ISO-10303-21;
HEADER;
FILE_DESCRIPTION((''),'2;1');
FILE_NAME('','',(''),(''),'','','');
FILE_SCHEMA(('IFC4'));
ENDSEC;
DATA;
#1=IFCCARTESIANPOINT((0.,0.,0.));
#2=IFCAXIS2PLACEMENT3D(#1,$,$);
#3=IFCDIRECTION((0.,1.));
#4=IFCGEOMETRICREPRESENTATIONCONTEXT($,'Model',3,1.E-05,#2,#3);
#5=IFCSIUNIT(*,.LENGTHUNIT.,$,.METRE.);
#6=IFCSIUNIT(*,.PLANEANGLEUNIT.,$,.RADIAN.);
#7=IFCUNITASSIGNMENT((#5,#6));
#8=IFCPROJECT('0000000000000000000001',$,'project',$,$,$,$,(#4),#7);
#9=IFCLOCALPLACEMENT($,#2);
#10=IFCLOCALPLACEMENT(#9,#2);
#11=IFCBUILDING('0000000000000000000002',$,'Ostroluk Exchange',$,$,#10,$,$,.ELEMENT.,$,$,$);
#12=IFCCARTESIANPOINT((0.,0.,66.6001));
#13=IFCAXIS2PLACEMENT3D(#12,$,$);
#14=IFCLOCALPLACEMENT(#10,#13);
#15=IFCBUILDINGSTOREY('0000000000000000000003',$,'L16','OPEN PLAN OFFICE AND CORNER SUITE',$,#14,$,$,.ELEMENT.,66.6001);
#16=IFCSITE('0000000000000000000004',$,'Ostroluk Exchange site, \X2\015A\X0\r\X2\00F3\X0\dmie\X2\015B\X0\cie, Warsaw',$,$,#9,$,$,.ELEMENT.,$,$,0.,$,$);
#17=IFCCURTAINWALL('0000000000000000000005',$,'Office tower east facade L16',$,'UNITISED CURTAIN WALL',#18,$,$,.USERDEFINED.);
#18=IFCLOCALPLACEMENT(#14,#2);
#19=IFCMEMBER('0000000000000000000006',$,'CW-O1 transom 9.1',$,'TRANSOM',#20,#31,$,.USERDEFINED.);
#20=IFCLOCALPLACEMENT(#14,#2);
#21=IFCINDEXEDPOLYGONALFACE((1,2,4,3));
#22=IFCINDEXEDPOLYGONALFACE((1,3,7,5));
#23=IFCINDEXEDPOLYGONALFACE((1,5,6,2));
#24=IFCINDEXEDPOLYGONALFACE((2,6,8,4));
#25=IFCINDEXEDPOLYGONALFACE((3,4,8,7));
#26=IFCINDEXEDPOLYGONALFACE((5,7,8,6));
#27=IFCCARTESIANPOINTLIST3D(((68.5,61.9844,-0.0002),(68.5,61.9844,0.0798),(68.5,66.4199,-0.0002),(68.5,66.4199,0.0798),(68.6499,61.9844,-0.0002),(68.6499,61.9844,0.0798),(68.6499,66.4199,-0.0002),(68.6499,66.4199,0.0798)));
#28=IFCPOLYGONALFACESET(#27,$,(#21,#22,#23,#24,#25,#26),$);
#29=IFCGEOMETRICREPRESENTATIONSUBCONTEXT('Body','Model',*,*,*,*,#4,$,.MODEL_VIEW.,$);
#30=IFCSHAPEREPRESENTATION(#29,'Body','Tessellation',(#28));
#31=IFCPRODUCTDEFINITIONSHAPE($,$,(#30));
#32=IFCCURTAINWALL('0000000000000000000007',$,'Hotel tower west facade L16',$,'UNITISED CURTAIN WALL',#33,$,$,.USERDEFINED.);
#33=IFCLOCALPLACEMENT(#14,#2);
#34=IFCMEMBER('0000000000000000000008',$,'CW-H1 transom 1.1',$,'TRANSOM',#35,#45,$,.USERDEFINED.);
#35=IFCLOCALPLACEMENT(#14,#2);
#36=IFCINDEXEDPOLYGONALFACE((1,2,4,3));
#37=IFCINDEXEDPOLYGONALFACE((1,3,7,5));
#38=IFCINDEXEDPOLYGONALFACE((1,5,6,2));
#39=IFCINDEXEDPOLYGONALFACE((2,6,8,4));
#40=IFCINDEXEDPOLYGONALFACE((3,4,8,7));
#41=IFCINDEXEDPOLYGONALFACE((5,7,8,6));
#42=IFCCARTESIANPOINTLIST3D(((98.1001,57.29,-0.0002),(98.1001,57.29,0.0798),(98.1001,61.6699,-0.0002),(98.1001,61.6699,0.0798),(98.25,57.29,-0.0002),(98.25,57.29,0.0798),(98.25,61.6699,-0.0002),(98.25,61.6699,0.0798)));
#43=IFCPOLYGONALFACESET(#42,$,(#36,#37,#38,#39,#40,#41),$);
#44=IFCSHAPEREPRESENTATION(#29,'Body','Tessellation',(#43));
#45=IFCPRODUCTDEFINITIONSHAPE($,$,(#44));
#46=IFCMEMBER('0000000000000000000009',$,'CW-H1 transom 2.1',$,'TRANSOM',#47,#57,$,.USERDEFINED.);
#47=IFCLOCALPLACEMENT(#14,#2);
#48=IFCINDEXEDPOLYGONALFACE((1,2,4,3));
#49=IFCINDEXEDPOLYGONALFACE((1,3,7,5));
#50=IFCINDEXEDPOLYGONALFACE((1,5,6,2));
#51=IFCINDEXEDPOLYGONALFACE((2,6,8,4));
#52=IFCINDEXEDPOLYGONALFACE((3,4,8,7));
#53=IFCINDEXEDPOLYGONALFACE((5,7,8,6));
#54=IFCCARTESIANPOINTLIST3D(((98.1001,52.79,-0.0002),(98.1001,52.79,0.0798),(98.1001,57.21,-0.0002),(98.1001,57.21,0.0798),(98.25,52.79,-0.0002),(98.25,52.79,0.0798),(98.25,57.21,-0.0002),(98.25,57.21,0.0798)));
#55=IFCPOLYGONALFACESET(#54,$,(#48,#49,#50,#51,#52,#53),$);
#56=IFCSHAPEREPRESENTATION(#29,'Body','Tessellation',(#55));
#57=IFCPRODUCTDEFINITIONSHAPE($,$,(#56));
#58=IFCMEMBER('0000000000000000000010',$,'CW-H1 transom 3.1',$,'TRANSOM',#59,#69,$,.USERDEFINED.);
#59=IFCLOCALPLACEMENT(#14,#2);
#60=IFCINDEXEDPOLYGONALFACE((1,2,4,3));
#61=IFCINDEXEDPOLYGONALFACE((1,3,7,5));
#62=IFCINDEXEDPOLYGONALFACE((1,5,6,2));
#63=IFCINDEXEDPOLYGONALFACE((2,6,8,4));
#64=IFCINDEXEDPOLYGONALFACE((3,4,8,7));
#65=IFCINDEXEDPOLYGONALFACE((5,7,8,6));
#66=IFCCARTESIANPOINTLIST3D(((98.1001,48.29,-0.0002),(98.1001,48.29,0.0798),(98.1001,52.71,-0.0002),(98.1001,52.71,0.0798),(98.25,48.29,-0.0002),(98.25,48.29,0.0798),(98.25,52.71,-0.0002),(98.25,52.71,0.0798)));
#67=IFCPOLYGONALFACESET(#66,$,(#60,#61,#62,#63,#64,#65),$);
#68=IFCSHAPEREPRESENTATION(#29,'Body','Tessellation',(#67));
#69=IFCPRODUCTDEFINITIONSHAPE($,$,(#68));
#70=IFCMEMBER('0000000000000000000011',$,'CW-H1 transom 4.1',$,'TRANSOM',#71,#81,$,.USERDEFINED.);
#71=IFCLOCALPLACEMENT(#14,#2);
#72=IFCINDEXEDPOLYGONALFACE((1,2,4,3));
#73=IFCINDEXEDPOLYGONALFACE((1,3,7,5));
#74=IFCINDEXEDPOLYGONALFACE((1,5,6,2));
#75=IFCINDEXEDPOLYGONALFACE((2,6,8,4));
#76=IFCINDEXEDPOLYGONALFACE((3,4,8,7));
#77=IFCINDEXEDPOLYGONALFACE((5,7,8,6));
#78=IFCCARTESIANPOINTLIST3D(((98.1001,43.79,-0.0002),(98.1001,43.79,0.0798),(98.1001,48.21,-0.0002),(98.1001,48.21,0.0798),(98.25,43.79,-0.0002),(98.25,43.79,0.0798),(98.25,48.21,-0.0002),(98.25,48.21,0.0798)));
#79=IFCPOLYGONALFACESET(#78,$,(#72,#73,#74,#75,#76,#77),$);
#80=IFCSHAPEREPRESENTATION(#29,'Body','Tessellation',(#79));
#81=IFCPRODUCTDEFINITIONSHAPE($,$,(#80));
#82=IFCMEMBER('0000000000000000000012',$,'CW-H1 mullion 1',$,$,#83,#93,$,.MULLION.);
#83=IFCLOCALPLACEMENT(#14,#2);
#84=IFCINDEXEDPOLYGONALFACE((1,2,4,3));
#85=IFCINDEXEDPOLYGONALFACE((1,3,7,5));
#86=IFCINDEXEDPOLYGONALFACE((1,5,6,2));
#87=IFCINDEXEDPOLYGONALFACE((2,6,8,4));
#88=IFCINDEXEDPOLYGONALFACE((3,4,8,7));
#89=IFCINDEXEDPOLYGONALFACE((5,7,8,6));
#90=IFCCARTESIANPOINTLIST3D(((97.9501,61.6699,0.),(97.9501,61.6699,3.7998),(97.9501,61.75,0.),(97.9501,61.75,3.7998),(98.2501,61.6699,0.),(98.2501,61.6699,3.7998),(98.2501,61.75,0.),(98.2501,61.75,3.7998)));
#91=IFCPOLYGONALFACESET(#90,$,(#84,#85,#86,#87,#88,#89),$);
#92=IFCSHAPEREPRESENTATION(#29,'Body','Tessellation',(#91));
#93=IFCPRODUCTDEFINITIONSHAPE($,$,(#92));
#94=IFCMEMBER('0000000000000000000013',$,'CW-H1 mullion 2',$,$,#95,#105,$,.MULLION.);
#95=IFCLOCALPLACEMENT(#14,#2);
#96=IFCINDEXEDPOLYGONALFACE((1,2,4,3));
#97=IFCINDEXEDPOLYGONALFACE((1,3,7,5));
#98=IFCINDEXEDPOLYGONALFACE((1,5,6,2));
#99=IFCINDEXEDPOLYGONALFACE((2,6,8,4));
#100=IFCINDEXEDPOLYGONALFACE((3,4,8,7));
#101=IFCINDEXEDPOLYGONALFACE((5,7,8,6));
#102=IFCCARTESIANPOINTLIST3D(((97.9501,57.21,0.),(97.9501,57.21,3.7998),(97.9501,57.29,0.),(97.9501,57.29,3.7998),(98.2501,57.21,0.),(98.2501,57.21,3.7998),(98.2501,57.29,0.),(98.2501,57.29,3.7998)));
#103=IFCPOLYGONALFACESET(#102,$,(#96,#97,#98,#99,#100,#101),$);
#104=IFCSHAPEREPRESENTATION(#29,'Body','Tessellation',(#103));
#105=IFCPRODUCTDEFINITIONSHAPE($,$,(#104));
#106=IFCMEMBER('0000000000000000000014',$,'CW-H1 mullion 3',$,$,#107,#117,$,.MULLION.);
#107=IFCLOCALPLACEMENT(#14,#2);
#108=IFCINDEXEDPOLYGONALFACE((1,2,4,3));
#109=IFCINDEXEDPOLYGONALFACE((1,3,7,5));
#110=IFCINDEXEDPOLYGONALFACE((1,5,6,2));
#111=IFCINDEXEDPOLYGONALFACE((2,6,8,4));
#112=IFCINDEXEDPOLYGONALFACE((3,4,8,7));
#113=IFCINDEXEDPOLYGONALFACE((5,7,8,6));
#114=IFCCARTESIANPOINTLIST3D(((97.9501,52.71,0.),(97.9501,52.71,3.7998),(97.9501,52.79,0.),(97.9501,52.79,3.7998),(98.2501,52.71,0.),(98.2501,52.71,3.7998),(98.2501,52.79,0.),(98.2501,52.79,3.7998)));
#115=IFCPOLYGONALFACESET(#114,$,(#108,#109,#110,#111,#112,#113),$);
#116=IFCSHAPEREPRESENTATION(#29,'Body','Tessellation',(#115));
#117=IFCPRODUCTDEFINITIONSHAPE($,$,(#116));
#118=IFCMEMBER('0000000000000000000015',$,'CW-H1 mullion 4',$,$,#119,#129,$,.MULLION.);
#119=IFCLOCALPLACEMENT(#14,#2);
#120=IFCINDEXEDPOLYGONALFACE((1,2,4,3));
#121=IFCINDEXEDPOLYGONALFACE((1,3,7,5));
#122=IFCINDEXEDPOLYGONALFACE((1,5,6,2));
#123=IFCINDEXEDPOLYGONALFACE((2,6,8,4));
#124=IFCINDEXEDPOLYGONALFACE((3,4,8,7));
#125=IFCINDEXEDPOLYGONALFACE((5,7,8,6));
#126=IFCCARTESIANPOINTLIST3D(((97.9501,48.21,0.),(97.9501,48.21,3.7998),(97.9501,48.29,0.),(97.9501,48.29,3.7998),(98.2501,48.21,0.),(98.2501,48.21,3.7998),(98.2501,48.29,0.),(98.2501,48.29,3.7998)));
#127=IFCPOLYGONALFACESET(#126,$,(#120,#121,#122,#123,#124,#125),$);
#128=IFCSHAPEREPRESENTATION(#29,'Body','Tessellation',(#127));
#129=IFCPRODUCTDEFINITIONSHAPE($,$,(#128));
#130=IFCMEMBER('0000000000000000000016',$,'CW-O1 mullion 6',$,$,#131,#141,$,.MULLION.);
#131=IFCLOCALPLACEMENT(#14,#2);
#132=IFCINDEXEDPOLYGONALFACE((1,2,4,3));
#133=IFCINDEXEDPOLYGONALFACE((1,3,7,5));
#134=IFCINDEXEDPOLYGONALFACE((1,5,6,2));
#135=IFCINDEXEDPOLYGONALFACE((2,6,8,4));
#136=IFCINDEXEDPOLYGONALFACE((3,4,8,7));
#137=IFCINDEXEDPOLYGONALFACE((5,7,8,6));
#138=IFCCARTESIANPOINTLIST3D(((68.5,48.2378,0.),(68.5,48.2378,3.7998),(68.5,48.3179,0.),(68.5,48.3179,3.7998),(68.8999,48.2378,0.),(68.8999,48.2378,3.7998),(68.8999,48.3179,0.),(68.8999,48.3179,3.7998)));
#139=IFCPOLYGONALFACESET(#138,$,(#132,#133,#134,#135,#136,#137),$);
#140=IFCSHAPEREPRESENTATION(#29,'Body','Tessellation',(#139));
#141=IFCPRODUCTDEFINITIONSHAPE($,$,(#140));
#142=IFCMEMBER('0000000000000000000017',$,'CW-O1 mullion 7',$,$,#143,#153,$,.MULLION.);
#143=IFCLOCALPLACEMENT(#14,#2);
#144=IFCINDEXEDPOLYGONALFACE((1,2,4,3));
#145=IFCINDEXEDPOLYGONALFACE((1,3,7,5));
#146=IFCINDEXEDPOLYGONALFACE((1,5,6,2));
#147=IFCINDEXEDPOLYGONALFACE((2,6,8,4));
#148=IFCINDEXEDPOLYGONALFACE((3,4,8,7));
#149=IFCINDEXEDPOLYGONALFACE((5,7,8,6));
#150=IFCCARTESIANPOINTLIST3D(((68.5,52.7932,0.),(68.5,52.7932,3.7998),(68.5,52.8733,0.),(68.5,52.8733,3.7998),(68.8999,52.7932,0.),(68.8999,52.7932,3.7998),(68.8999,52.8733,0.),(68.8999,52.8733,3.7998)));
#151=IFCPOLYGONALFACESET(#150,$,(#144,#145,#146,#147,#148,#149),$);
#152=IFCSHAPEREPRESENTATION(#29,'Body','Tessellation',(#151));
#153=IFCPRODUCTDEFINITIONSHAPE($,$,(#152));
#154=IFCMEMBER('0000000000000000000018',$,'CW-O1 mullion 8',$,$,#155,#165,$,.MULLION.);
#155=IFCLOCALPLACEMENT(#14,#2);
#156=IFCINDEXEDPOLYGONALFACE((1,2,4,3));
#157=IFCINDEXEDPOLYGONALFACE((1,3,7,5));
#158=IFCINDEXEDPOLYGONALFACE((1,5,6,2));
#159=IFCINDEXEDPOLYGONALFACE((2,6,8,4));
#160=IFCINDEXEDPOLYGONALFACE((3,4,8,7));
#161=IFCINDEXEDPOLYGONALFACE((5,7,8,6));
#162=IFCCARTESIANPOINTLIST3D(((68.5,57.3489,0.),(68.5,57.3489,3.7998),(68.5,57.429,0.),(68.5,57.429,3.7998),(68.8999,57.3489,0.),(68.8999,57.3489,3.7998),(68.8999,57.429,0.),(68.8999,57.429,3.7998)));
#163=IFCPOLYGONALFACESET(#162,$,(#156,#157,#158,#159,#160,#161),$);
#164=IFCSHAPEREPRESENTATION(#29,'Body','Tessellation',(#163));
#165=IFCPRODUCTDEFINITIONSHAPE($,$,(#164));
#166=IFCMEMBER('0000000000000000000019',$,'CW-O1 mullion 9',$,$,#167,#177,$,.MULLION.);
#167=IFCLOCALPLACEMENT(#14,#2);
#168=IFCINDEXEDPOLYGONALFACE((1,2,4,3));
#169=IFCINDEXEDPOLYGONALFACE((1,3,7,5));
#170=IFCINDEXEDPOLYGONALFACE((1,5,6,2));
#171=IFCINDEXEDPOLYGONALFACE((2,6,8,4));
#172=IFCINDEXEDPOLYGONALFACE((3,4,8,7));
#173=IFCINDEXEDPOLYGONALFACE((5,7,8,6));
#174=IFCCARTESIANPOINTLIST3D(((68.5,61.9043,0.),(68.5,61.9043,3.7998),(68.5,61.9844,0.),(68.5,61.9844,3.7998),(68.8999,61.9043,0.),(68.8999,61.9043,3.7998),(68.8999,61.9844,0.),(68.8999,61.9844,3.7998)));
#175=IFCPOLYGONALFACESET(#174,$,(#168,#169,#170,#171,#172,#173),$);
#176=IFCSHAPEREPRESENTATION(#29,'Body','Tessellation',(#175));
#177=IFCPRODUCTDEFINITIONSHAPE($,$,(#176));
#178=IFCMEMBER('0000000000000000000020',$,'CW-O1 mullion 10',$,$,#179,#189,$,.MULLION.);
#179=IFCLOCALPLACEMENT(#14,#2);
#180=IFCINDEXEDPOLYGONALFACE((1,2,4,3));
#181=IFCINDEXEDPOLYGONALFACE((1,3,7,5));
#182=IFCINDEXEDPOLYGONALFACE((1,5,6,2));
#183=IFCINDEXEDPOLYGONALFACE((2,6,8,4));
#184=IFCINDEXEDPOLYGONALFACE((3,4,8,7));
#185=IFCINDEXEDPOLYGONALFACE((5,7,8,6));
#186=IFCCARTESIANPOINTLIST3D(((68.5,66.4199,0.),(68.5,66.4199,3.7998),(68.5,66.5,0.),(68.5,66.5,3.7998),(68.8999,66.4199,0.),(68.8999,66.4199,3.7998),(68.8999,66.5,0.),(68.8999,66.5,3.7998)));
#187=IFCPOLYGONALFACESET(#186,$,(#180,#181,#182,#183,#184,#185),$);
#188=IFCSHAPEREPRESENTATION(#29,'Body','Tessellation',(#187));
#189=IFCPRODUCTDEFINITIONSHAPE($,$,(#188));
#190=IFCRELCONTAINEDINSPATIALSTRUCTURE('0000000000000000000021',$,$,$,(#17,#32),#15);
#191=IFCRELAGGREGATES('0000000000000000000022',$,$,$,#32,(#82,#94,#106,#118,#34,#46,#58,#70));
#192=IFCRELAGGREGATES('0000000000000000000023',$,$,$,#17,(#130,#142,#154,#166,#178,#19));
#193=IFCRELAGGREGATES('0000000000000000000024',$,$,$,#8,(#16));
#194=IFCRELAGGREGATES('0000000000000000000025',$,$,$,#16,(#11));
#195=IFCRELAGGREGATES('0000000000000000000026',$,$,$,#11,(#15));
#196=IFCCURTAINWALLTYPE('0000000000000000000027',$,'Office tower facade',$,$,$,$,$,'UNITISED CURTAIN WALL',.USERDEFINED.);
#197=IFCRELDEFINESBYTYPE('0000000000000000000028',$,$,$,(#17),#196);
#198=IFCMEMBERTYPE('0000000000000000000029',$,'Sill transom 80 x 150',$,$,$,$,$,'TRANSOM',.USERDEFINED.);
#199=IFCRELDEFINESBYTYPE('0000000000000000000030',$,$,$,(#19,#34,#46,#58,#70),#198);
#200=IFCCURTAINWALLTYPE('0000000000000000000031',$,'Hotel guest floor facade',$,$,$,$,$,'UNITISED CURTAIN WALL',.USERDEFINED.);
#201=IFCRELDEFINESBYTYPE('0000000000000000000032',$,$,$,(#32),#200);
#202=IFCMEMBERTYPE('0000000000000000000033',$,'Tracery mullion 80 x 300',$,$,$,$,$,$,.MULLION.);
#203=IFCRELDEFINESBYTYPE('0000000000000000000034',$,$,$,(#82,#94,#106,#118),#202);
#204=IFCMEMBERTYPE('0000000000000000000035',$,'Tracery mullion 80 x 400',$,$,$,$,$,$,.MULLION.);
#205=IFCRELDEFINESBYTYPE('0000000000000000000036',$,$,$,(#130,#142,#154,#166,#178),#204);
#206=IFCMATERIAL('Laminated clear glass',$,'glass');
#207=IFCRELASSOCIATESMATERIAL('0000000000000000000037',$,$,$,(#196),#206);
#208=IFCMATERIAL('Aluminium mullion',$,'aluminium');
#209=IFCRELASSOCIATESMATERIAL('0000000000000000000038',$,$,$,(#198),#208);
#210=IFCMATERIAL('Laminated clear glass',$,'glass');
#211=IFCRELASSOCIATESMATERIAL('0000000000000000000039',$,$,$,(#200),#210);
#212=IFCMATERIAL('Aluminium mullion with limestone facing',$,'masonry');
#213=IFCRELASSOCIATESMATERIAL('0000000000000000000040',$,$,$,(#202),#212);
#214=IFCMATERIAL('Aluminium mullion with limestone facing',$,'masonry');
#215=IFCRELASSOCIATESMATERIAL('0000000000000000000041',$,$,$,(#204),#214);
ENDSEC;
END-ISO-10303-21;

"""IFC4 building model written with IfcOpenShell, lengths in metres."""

from ifc_helpers import new_model, si_unit, direction, frame, origin, origin_2d, place, context, subcontext, project, spatial, rectangle, extrude, material, material_profile, profile_set, type_object, element, aggregate, save


model = new_model("IFC4")

# Units and contexts
model_context = context("Model", 3, precision=1e-05, world=origin(), true_north=direction((0.0, 1.0)))
body_context = subcontext(model_context, "Body", "Model", "MODEL_VIEW")
ifc_project = project(units=[si_unit("LENGTHUNIT", "METRE"), si_unit("PLANEANGLEUNIT", "RADIAN")], contexts=[model_context])

# Site, building, storey
site_placement = place(None, origin())
site = spatial("IfcSite", under=ifc_project, at=site_placement, Name="Ostroluk Exchange site, Śródmieście, Warsaw", CompositionType="ELEMENT", RefElevation=0.0)
building_placement = place(site_placement, origin())
building = spatial("IfcBuilding", under=site, at=building_placement, Name="Ostroluk Exchange", CompositionType="ELEMENT")
storey_placement = place(building_placement, frame((0.0, 0.0, 66.6001)))
storey = spatial("IfcBuildingStorey", under=building, at=storey_placement, Name="L16", Description="OPEN PLAN OFFICE AND CORNER SUITE", CompositionType="ELEMENT", Elevation=66.6001)

# Curtain walls, members
ifc_material_1 = material(Name="Laminated clear glass", Category="glass")
curtain_wall_type_1 = type_object("IfcCurtainWallType", Name="Office tower facade", ElementType="UNITISED CURTAIN WALL", PredefinedType="USERDEFINED", material=ifc_material_1)
curtain_wall_1_placement = place(storey_placement, origin())
curtain_wall_1 = element("IfcCurtainWall", 1, at=curtain_wall_1_placement, inside=storey, type_object=curtain_wall_type_1, Name="Office tower east facade L16", ObjectType="UNITISED CURTAIN WALL", PredefinedType="USERDEFINED")
ifc_material_2 = material(Name="Aluminium mullion", Category="aluminium")
ifc_material_profile_1 = material_profile(ifc_material_2, rectangle(XDim=0.1499, YDim=0.0801, at=origin_2d()), Name="Sill transom 80 x 150")
ifc_profile_set_1 = profile_set([ifc_material_profile_1], Name="Aluminium mullion")
member_type_1 = type_object("IfcMemberType", Name="Sill transom 80 x 150", ElementType="TRANSOM", PredefinedType="USERDEFINED", material=ifc_profile_set_1)
member_1_placement = place(storey_placement, frame((68.575, 61.9844, 0.0398), z_axis=(0.0, 1.0, 0.0), x_axis=(-1.0, 0.0, 0.0)))
member_1 = element("IfcMember", 2, at=member_1_placement, type_object=member_type_1, Name="CW-O1 transom 9.1", ObjectType="TRANSOM", PredefinedType="USERDEFINED", context=body_context, shape_type="SweptSolid", body=[
    extrude(rectangle(XDim=0.1499, YDim=0.0801, at=origin_2d()), origin(), (0.0, 0.0, 1.0), 4.4355),
])
ifc_material_3 = material(Name="Laminated clear glass", Category="glass")
curtain_wall_type_2 = type_object("IfcCurtainWallType", Name="Hotel guest floor facade", ElementType="UNITISED CURTAIN WALL", PredefinedType="USERDEFINED", material=ifc_material_3)
curtain_wall_2_placement = place(storey_placement, origin())
curtain_wall_2 = element("IfcCurtainWall", 3, at=curtain_wall_2_placement, inside=storey, type_object=curtain_wall_type_2, Name="Hotel tower west facade L16", ObjectType="UNITISED CURTAIN WALL", PredefinedType="USERDEFINED")
member_2_placement = place(storey_placement, frame((98.175, 61.6699, 0.0398), z_axis=(0.0, -1.0, 0.0), x_axis=(1.0, 0.0, 0.0)))
member_2 = element("IfcMember", 4, at=member_2_placement, type_object=member_type_1, Name="CW-H1 transom 1.1", ObjectType="TRANSOM", PredefinedType="USERDEFINED", context=body_context, shape_type="SweptSolid", body=[
    extrude(rectangle(XDim=0.1499, YDim=0.0801, at=origin_2d()), origin(), (0.0, 0.0, 1.0), 4.3799),
])
member_3_placement = place(storey_placement, frame((98.175, 57.21, 0.0398), z_axis=(0.0, -1.0, 0.0), x_axis=(1.0, 0.0, 0.0)))
member_3 = element("IfcMember", 5, at=member_3_placement, type_object=member_type_1, Name="CW-H1 transom 2.1", ObjectType="TRANSOM", PredefinedType="USERDEFINED", context=body_context, shape_type="SweptSolid", body=[
    extrude(rectangle(XDim=0.1499, YDim=0.0801, at=origin_2d()), origin(), (0.0, 0.0, 1.0), 4.4199),
])
member_4_placement = place(storey_placement, frame((98.175, 52.71, 0.0398), z_axis=(0.0, -1.0, 0.0), x_axis=(1.0, 0.0, 0.0)))
member_4 = element("IfcMember", 6, at=member_4_placement, type_object=member_type_1, Name="CW-H1 transom 3.1", ObjectType="TRANSOM", PredefinedType="USERDEFINED", context=body_context, shape_type="SweptSolid", body=[
    extrude(rectangle(XDim=0.1499, YDim=0.0801, at=origin_2d()), origin(), (0.0, 0.0, 1.0), 4.4199),
])
member_5_placement = place(storey_placement, frame((98.175, 48.21, 0.0398), z_axis=(0.0, -1.0, 0.0), x_axis=(1.0, 0.0, 0.0)))
member_5 = element("IfcMember", 7, at=member_5_placement, type_object=member_type_1, Name="CW-H1 transom 4.1", ObjectType="TRANSOM", PredefinedType="USERDEFINED", context=body_context, shape_type="SweptSolid", body=[
    extrude(rectangle(XDim=0.1499, YDim=0.0801, at=origin_2d()), origin(), (0.0, 0.0, 1.0), 4.4199),
])
ifc_material_4 = material(Name="Aluminium mullion with limestone facing", Category="masonry")
ifc_material_profile_2 = material_profile(ifc_material_4, rectangle(XDim=0.3, YDim=0.0801, at=origin_2d()), Name="Tracery mullion 80 x 300")
ifc_profile_set_2 = profile_set([ifc_material_profile_2], Name="Aluminium mullion with limestone facing")
member_type_2 = type_object("IfcMemberType", Name="Tracery mullion 80 x 300", PredefinedType="MULLION", material=ifc_profile_set_2)
member_6_placement = place(storey_placement, frame((98.1001, 61.71, 0.0), z_axis=(0.0, 0.0, 1.0), x_axis=(1.0, 0.0, 0.0)))
member_6 = element("IfcMember", 8, at=member_6_placement, type_object=member_type_2, Name="CW-H1 mullion 1", PredefinedType="MULLION", context=body_context, shape_type="SweptSolid", body=[
    extrude(rectangle(XDim=0.3, YDim=0.0801, at=origin_2d()), origin(), (0.0, 0.0, 1.0), 3.7998),
])
member_7_placement = place(storey_placement, frame((98.1001, 57.25, 0.0), z_axis=(0.0, 0.0, 1.0), x_axis=(1.0, 0.0, 0.0)))
member_7 = element("IfcMember", 9, at=member_7_placement, type_object=member_type_2, Name="CW-H1 mullion 2", PredefinedType="MULLION", context=body_context, shape_type="SweptSolid", body=[
    extrude(rectangle(XDim=0.3, YDim=0.0801, at=origin_2d()), origin(), (0.0, 0.0, 1.0), 3.7998),
])
member_8_placement = place(storey_placement, frame((98.1001, 52.75, 0.0), z_axis=(0.0, 0.0, 1.0), x_axis=(1.0, 0.0, 0.0)))
member_8 = element("IfcMember", 10, at=member_8_placement, type_object=member_type_2, Name="CW-H1 mullion 3", PredefinedType="MULLION", context=body_context, shape_type="SweptSolid", body=[
    extrude(rectangle(XDim=0.3, YDim=0.0801, at=origin_2d()), origin(), (0.0, 0.0, 1.0), 3.7998),
])
member_9_placement = place(storey_placement, frame((98.1001, 48.25, 0.0), z_axis=(0.0, 0.0, 1.0), x_axis=(1.0, 0.0, 0.0)))
member_9 = element("IfcMember", 11, at=member_9_placement, type_object=member_type_2, Name="CW-H1 mullion 4", PredefinedType="MULLION", context=body_context, shape_type="SweptSolid", body=[
    extrude(rectangle(XDim=0.3, YDim=0.0801, at=origin_2d()), origin(), (0.0, 0.0, 1.0), 3.7998),
])

# Members
ifc_material_5 = material(Name="Aluminium mullion with limestone facing", Category="masonry")
ifc_material_profile_3 = material_profile(ifc_material_5, rectangle(XDim=0.3999, YDim=0.0801, at=origin_2d()), Name="Tracery mullion 80 x 400")
ifc_profile_set_3 = profile_set([ifc_material_profile_3], Name="Aluminium mullion with limestone facing")
member_type_3 = type_object("IfcMemberType", Name="Tracery mullion 80 x 400", PredefinedType="MULLION", material=ifc_profile_set_3)
member_10_placement = place(storey_placement, frame((68.7, 48.2778, 0.0), z_axis=(0.0, 0.0, 1.0), x_axis=(-1.0, 0.0, 0.0)))
member_10 = element("IfcMember", 12, at=member_10_placement, type_object=member_type_3, Name="CW-O1 mullion 6", PredefinedType="MULLION", context=body_context, shape_type="SweptSolid", body=[
    extrude(rectangle(XDim=0.3999, YDim=0.0801, at=origin_2d()), origin(), (0.0, 0.0, 1.0), 3.7998),
])
member_11_placement = place(storey_placement, frame((68.7, 52.8333, 0.0), z_axis=(0.0, 0.0, 1.0), x_axis=(-1.0, 0.0, 0.0)))
member_11 = element("IfcMember", 13, at=member_11_placement, type_object=member_type_3, Name="CW-O1 mullion 7", PredefinedType="MULLION", context=body_context, shape_type="SweptSolid", body=[
    extrude(rectangle(XDim=0.3999, YDim=0.0801, at=origin_2d()), origin(), (0.0, 0.0, 1.0), 3.7998),
])
member_12_placement = place(storey_placement, frame((68.7, 57.3889, 0.0), z_axis=(0.0, 0.0, 1.0), x_axis=(-1.0, 0.0, 0.0)))
member_12 = element("IfcMember", 14, at=member_12_placement, type_object=member_type_3, Name="CW-O1 mullion 8", PredefinedType="MULLION", context=body_context, shape_type="SweptSolid", body=[
    extrude(rectangle(XDim=0.3999, YDim=0.0801, at=origin_2d()), origin(), (0.0, 0.0, 1.0), 3.7998),
])
member_13_placement = place(storey_placement, frame((68.7, 61.9443, 0.0), z_axis=(0.0, 0.0, 1.0), x_axis=(-1.0, 0.0, 0.0)))
member_13 = element("IfcMember", 15, at=member_13_placement, type_object=member_type_3, Name="CW-O1 mullion 9", PredefinedType="MULLION", context=body_context, shape_type="SweptSolid", body=[
    extrude(rectangle(XDim=0.3999, YDim=0.0801, at=origin_2d()), origin(), (0.0, 0.0, 1.0), 3.7998),
])
member_14_placement = place(storey_placement, frame((68.7, 66.46, 0.0), z_axis=(0.0, 0.0, 1.0), x_axis=(-1.0, 0.0, 0.0)))
member_14 = element("IfcMember", 16, at=member_14_placement, type_object=member_type_3, Name="CW-O1 mullion 10", PredefinedType="MULLION", context=body_context, shape_type="SweptSolid", body=[
    extrude(rectangle(XDim=0.3999, YDim=0.0801, at=origin_2d()), origin(), (0.0, 0.0, 1.0), 3.7998),
])

aggregate(curtain_wall_2, [member_6, member_7, member_8, member_9, member_2, member_3, member_4, member_5])
aggregate(curtain_wall_1, [member_10, member_11, member_12, member_13, member_14, member_1])

save(model, "model.ifc")
